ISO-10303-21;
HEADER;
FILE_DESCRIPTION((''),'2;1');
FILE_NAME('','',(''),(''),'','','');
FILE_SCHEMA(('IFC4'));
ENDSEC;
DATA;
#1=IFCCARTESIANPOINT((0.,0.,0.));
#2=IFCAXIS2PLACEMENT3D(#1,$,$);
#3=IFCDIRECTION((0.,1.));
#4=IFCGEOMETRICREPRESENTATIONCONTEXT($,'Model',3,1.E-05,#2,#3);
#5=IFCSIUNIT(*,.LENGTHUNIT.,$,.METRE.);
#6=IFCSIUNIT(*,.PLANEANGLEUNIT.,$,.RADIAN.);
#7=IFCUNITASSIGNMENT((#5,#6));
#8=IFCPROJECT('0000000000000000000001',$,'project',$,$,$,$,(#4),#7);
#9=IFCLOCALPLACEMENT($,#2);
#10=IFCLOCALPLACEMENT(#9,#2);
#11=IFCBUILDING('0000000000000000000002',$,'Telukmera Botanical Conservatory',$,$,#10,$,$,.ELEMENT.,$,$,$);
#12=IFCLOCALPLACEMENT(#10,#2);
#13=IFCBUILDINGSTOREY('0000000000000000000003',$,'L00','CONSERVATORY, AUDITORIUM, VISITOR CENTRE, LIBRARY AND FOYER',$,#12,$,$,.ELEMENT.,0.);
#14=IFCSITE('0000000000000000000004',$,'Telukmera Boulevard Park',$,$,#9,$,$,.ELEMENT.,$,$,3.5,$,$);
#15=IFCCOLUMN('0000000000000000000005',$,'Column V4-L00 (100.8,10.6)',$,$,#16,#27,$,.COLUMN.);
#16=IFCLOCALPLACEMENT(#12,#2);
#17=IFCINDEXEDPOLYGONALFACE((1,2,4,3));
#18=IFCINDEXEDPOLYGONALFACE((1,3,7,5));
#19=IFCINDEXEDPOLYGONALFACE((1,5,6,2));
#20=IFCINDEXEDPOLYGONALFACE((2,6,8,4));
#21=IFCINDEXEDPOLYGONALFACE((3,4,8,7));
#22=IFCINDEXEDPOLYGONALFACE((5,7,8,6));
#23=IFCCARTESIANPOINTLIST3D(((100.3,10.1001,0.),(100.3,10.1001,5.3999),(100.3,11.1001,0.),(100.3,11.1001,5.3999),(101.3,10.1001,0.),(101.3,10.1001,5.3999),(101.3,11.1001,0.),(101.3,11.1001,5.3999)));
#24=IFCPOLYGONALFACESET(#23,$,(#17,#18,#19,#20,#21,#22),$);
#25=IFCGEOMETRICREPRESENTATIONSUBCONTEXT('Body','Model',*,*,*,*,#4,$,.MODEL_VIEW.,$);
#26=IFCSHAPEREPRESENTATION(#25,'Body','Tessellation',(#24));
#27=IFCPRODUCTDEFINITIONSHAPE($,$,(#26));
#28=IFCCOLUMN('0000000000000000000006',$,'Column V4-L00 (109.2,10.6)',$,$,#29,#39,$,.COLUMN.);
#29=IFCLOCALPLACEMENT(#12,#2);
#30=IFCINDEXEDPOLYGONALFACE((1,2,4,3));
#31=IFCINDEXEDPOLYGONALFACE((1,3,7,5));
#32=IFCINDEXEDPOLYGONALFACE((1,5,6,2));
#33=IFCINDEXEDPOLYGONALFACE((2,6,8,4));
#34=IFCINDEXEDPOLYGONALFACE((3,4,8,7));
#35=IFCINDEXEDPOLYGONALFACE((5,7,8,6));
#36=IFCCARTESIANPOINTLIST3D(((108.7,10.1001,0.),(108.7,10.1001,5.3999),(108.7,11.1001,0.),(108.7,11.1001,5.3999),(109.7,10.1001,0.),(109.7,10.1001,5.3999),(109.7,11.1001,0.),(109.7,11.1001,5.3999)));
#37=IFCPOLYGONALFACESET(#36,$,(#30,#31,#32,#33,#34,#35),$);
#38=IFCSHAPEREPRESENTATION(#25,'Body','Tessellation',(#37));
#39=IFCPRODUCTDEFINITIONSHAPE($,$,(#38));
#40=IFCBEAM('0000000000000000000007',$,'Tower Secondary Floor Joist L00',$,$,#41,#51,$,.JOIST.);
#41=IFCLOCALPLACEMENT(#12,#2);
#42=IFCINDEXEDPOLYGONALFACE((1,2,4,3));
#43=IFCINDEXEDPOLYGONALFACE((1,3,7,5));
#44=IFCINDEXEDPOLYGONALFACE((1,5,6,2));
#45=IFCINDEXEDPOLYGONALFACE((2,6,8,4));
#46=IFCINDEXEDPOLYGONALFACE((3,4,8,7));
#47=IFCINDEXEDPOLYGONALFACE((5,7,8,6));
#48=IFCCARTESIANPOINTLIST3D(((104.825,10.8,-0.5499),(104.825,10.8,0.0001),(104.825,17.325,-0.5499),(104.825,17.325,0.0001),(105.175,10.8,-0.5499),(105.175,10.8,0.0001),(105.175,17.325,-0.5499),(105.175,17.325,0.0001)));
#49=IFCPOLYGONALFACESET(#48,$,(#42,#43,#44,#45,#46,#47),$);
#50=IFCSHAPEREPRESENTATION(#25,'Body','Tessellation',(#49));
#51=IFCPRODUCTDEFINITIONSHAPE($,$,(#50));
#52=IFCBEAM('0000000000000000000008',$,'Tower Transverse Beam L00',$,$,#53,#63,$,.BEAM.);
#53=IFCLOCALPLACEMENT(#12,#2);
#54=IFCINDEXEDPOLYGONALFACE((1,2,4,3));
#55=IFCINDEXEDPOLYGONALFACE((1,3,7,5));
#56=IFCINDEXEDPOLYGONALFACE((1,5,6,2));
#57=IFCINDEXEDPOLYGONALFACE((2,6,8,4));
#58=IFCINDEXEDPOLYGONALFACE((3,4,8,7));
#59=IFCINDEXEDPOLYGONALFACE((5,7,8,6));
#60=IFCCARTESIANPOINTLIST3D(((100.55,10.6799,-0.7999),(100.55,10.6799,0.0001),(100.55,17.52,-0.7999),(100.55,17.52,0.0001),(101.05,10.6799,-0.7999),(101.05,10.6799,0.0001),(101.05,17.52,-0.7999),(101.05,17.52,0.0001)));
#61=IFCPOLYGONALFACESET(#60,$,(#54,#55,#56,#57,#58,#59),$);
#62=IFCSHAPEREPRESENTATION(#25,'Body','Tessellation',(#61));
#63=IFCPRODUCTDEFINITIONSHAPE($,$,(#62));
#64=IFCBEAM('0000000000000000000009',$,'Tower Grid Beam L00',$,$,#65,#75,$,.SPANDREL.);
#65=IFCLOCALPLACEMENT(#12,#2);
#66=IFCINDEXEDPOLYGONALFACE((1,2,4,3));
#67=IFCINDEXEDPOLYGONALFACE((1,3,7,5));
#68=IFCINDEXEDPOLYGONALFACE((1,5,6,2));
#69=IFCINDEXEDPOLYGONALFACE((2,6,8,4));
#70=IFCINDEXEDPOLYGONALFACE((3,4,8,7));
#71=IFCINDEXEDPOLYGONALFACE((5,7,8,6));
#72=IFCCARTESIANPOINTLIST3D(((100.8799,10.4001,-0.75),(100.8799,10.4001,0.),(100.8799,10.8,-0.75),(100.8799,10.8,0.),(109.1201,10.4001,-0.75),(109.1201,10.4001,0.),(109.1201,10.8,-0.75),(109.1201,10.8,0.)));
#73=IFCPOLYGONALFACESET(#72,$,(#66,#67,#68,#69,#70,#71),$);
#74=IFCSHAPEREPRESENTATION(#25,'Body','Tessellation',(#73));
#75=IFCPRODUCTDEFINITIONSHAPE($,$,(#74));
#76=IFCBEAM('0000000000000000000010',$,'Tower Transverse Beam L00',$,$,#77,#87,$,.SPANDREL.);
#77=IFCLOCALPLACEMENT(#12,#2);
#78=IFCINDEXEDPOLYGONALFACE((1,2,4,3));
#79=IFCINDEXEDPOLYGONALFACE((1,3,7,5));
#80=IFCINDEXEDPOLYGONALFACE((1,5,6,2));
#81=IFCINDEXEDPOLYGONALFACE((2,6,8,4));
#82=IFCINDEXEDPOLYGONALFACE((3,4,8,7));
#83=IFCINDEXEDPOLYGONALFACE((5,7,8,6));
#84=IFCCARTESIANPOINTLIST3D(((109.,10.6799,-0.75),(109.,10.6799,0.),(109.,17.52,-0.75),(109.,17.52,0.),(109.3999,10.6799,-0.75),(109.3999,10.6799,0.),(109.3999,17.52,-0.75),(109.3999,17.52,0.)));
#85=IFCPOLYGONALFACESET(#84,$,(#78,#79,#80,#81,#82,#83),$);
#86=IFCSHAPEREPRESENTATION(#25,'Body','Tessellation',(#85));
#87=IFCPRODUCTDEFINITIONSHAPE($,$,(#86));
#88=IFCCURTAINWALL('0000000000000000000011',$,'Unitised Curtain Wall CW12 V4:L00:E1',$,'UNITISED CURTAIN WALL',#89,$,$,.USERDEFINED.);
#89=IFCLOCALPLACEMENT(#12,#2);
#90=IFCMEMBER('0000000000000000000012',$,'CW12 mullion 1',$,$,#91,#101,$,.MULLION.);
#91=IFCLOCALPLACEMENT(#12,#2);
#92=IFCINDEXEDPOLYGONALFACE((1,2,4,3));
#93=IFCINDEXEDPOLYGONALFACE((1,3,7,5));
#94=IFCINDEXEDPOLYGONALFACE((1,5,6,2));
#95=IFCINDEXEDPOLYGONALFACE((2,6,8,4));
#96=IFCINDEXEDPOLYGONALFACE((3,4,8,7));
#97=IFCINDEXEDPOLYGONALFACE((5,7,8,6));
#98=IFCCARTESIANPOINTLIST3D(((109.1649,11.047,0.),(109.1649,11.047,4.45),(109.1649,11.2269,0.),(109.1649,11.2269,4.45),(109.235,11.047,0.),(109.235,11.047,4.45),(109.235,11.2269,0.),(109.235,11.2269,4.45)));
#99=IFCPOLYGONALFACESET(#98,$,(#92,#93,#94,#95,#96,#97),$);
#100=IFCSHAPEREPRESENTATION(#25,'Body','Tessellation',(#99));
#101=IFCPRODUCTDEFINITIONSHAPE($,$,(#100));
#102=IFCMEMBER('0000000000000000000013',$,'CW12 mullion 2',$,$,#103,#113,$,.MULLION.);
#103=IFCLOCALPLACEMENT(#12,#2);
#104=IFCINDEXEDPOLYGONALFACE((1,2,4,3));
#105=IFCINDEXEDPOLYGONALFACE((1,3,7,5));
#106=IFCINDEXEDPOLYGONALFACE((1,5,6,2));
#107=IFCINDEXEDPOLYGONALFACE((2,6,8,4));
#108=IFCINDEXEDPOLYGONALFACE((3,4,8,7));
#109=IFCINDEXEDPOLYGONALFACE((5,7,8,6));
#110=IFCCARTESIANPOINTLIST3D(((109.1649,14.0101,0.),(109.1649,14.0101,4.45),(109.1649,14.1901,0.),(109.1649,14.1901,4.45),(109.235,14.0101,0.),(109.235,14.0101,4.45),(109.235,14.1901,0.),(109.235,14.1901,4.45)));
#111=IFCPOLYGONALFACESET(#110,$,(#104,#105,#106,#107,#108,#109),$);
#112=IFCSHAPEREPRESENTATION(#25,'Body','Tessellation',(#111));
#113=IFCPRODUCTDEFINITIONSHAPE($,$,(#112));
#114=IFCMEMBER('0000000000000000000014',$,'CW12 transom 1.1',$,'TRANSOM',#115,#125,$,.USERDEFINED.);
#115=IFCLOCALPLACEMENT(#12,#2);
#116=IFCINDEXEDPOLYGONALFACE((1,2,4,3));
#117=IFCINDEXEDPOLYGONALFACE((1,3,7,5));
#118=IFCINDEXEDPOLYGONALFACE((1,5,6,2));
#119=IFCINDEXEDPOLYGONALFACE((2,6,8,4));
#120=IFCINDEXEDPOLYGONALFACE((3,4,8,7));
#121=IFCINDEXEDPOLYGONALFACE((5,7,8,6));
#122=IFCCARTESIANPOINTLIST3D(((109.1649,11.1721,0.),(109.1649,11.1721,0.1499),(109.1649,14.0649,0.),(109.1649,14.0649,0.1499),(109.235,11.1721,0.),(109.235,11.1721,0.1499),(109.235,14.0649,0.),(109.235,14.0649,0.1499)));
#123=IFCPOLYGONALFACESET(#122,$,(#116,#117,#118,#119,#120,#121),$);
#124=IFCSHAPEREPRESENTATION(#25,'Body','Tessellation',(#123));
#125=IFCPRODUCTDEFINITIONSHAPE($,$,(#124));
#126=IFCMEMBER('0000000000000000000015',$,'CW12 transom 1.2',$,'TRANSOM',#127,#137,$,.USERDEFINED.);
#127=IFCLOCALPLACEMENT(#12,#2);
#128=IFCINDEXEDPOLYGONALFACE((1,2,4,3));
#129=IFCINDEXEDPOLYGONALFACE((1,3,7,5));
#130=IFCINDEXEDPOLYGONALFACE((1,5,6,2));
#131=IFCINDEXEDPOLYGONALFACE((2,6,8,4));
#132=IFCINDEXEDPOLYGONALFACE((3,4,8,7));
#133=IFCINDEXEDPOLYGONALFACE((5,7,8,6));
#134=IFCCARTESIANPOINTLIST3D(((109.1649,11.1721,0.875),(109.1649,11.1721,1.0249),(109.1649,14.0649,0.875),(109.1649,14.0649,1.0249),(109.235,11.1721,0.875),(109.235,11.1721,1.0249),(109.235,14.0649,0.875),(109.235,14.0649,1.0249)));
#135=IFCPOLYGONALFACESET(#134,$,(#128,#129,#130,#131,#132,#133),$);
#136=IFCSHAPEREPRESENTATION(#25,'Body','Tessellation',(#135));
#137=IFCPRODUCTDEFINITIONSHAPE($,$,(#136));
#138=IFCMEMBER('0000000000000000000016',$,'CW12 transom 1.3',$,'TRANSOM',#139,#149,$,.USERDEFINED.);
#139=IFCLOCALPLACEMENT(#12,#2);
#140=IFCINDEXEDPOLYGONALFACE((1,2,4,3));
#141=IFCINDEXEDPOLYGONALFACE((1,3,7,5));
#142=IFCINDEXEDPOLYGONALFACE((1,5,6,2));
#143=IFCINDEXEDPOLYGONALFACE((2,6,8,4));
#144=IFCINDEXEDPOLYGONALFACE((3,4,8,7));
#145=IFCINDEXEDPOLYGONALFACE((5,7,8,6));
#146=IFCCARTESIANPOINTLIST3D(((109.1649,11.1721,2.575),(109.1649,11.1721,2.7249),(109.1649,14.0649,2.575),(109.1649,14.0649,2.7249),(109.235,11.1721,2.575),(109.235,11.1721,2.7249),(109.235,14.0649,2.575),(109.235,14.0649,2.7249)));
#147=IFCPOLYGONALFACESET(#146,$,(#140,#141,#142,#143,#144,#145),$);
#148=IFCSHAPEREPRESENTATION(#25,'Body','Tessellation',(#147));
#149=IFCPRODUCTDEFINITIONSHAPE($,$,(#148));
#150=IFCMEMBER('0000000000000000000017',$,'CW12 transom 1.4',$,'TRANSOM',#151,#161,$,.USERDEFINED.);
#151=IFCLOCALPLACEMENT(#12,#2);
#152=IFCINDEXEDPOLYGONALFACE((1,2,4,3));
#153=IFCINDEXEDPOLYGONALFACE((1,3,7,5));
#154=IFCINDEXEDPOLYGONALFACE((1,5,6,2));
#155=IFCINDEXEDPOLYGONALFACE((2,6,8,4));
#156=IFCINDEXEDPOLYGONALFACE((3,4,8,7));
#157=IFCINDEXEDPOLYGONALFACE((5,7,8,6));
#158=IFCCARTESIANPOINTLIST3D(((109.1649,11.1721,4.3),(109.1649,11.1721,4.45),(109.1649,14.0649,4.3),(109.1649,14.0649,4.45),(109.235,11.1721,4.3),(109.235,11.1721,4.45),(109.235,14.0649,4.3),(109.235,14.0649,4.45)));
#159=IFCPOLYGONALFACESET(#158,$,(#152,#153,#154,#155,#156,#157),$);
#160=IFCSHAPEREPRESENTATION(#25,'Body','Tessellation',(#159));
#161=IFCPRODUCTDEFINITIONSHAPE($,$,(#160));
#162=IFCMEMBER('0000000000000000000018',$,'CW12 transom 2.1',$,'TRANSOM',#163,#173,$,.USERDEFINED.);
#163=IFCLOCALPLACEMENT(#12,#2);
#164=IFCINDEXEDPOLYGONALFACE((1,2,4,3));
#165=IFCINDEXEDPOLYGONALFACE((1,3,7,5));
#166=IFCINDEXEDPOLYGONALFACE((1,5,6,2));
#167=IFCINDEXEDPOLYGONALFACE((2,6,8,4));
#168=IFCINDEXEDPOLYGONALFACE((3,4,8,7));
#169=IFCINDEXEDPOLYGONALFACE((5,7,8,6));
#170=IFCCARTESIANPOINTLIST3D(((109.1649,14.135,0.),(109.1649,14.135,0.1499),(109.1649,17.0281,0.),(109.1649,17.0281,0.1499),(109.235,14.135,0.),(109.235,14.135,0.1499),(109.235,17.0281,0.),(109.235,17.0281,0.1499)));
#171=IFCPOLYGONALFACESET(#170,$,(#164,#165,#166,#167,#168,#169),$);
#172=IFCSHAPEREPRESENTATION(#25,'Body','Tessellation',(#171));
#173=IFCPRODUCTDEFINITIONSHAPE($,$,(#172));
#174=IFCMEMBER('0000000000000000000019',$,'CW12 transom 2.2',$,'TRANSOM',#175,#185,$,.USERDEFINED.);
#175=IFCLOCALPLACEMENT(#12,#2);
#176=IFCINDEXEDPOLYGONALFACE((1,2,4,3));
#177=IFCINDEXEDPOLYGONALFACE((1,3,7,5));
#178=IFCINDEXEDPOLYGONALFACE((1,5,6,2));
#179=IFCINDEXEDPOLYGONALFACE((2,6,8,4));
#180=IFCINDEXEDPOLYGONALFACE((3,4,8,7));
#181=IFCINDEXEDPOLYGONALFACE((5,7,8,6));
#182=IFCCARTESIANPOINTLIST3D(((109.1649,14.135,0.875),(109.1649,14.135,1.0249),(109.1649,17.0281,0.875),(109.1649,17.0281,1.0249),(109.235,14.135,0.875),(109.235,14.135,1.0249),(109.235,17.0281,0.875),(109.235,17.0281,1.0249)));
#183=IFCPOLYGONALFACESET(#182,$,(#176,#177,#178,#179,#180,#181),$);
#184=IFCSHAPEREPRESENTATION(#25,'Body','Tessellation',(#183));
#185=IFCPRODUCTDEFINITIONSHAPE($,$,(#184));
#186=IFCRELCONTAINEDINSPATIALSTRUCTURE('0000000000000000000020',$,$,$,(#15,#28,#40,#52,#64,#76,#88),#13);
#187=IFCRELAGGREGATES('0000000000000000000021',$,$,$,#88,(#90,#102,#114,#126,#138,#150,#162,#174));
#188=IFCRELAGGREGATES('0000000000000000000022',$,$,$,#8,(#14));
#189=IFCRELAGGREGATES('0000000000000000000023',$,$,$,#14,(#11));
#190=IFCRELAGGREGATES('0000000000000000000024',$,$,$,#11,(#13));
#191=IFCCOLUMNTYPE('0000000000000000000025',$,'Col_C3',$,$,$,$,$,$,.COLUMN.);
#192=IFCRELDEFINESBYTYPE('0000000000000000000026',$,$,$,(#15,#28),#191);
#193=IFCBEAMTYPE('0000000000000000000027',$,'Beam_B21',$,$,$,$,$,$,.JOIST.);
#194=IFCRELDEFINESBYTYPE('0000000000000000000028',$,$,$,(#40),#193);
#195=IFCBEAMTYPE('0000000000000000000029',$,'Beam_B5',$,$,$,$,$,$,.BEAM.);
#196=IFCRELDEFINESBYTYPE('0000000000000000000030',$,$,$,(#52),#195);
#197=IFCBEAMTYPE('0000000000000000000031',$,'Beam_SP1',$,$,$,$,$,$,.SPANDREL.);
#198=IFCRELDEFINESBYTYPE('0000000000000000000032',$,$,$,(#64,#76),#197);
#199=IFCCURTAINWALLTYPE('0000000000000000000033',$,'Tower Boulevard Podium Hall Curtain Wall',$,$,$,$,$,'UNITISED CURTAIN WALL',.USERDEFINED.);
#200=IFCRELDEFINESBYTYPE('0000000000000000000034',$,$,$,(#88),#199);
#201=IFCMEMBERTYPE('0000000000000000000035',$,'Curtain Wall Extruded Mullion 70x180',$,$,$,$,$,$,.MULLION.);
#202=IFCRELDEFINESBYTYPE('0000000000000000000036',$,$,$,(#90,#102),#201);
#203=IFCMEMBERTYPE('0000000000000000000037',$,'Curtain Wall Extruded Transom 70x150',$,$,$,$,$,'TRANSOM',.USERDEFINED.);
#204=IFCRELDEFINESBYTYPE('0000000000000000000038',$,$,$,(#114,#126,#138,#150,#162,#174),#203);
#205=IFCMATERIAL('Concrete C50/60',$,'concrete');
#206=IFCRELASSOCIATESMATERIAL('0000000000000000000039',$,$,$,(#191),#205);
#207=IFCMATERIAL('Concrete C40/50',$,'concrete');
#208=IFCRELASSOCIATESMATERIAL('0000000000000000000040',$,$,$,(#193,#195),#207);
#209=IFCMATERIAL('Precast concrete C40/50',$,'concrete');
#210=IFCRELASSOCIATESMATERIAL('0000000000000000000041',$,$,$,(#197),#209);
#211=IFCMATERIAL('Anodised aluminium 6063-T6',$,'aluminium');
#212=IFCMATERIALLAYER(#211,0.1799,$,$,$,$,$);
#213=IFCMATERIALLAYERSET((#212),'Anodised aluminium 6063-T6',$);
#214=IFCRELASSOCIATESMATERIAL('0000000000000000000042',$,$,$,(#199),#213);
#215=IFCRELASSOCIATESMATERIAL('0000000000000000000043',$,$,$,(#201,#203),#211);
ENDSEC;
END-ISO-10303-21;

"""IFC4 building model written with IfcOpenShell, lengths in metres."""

from ifc_helpers import new_model, si_unit, direction, frame, origin, origin_2d, place, context, subcontext, project, spatial, rectangle, extrude, material, layer, layer_set, material_profile, profile_set, type_object, element, aggregate, save


model = new_model("IFC4")

# Units and contexts
model_context = context("Model", 3, precision=1e-05, world=origin(), true_north=direction((0.0, 1.0)))
body_context = subcontext(model_context, "Body", "Model", "MODEL_VIEW")
ifc_project = project(units=[si_unit("LENGTHUNIT", "METRE"), si_unit("PLANEANGLEUNIT", "RADIAN")], contexts=[model_context])

# Site, building, storey
site_placement = place(None, origin())
site = spatial("IfcSite", under=ifc_project, at=site_placement, Name="Telukmera Boulevard Park", CompositionType="ELEMENT", RefElevation=3.5)
building_placement = place(site_placement, origin())
building = spatial("IfcBuilding", under=site, at=building_placement, Name="Telukmera Botanical Conservatory", CompositionType="ELEMENT")
storey_placement = place(building_placement, origin())
storey = spatial("IfcBuildingStorey", under=building, at=storey_placement, Name="L00", Description="CONSERVATORY, AUDITORIUM, VISITOR CENTRE, LIBRARY AND FOYER", CompositionType="ELEMENT", Elevation=0.0)

# Columns
ifc_material_1 = material(Name="Concrete C50/60", Category="concrete")
ifc_material_profile_1 = material_profile(ifc_material_1, rectangle(XDim=1.0, YDim=1.0, at=origin_2d()), Name="RC 1000x1000")
ifc_profile_set_1 = profile_set([ifc_material_profile_1], Name="Concrete C50/60")
column_type = type_object("IfcColumnType", Name="Col_C3", PredefinedType="COLUMN", material=ifc_profile_set_1)
for number, where, z_axis, x_axis, name in (
    (1, (100.8, 10.6001, 0.0), (0.0, 0.0, 1.0), (1.0, 0.0, 0.0), "Column V4-L00 (100.8,10.6)"),
    (2, (109.2, 10.6001, 0.0), (0.0, 0.0, 1.0), (1.0, 0.0, 0.0), "Column V4-L00 (109.2,10.6)"),
):
    element("IfcColumn", number, at=place(storey_placement, frame(where, z_axis=z_axis, x_axis=x_axis)), inside=storey, type_object=column_type, Name=name, PredefinedType="COLUMN", context=body_context, shape_type="SweptSolid", body=[
        extrude(rectangle(XDim=1.0, YDim=1.0, at=origin_2d()), origin(), (0.0, 0.0, 1.0), 5.3999),
    ])

# Beams
ifc_material_2 = material(Name="Concrete C40/50", Category="concrete")
ifc_material_profile_2 = material_profile(ifc_material_2, rectangle(XDim=0.3501, YDim=0.55, at=origin_2d()), Name="RC 350x550")
ifc_profile_set_2 = profile_set([ifc_material_profile_2], Name="Concrete C40/50")
beam_type_1 = type_object("IfcBeamType", Name="Beam_B21", PredefinedType="JOIST", material=ifc_profile_set_2)
beam_1_placement = place(storey_placement, frame((105.0, 10.8, -0.2749), z_axis=(0.0, 1.0, 0.0), x_axis=(-1.0, 0.0, 0.0)))
element("IfcBeam", 3, at=beam_1_placement, inside=storey, type_object=beam_type_1, Name="Tower Secondary Floor Joist L00", PredefinedType="JOIST", context=body_context, shape_type="SweptSolid", body=[
    extrude(rectangle(XDim=0.3501, YDim=0.55, at=origin_2d()), origin(), (0.0, 0.0, 1.0), 6.5249),
])
ifc_material_profile_3 = material_profile(ifc_material_2, rectangle(XDim=0.5, YDim=0.8, at=origin_2d()), Name="RC 500x800")
ifc_profile_set_3 = profile_set([ifc_material_profile_3], Name="Concrete C40/50")
beam_type_2 = type_object("IfcBeamType", Name="Beam_B5", PredefinedType="BEAM", material=ifc_profile_set_3)
beam_2_placement = place(storey_placement, frame((100.8, 10.6799, -0.3999), z_axis=(0.0, 1.0, 0.0), x_axis=(-1.0, 0.0, 0.0)))
element("IfcBeam", 4, at=beam_2_placement, inside=storey, type_object=beam_type_2, Name="Tower Transverse Beam L00", PredefinedType="BEAM", context=body_context, shape_type="SweptSolid", body=[
    extrude(rectangle(XDim=0.5, YDim=0.8, at=origin_2d()), origin(), (0.0, 0.0, 1.0), 6.8401),
])
ifc_material_3 = material(Name="Precast concrete C40/50", Category="concrete")
ifc_material_profile_4 = material_profile(ifc_material_3, rectangle(XDim=0.3999, YDim=0.75, at=origin_2d()), Name="PC 400x750")
ifc_profile_set_4 = profile_set([ifc_material_profile_4], Name="Precast concrete C40/50")
beam_type_3 = type_object("IfcBeamType", Name="Beam_SP1", PredefinedType="SPANDREL", material=ifc_profile_set_4)
beam_3_placement = place(storey_placement, frame((100.8799, 10.6001, -0.375), z_axis=(1.0, 0.0, 0.0), x_axis=(0.0, 1.0, 0.0)))
element("IfcBeam", 5, at=beam_3_placement, inside=storey, type_object=beam_type_3, Name="Tower Grid Beam L00", PredefinedType="SPANDREL", context=body_context, shape_type="SweptSolid", body=[
    extrude(rectangle(XDim=0.3999, YDim=0.75, at=origin_2d()), origin(), (0.0, 0.0, 1.0), 8.2402),
])
beam_4_placement = place(storey_placement, frame((109.2, 10.6799, -0.375), z_axis=(0.0, 1.0, 0.0), x_axis=(-1.0, 0.0, 0.0)))
element("IfcBeam", 6, at=beam_4_placement, inside=storey, type_object=beam_type_3, Name="Tower Transverse Beam L00", PredefinedType="SPANDREL", context=body_context, shape_type="SweptSolid", body=[
    extrude(rectangle(XDim=0.3999, YDim=0.75, at=origin_2d()), origin(), (0.0, 0.0, 1.0), 6.8401),
])

# Curtain wall, members
ifc_material_4 = material(Name="Anodised aluminium 6063-T6", Category="aluminium")
ifc_layer_1 = layer(ifc_material_4, 0.1799)
ifc_layer_set_1 = layer_set([ifc_layer_1], Name="Anodised aluminium 6063-T6")
curtain_wall_type = type_object("IfcCurtainWallType", Name="Tower Boulevard Podium Hall Curtain Wall", ElementType="UNITISED CURTAIN WALL", PredefinedType="USERDEFINED", material=ifc_layer_set_1)
curtain_wall_placement = place(storey_placement, origin())
curtain_wall = element("IfcCurtainWall", 7, at=curtain_wall_placement, inside=storey, type_object=curtain_wall_type, Name="Unitised Curtain Wall CW12 V4:L00:E1", ObjectType="UNITISED CURTAIN WALL", PredefinedType="USERDEFINED")
ifc_material_profile_5 = material_profile(ifc_material_4, rectangle(XDim=0.0701, YDim=0.1799, at=origin_2d()), Name="ALU MULL 70x180")
ifc_profile_set_5 = profile_set([ifc_material_profile_5], Name="Anodised aluminium 6063-T6")
member_type_1 = type_object("IfcMemberType", Name="Curtain Wall Extruded Mullion 70x180", PredefinedType="MULLION", material=ifc_profile_set_5)
member_1_placement = place(storey_placement, frame((109.2, 11.137, 0.0), z_axis=(0.0, 0.0, 1.0), x_axis=(-1.0, 0.0, 0.0)))
member_1 = element("IfcMember", 8, at=member_1_placement, type_object=member_type_1, Name="CW12 mullion 1", PredefinedType="MULLION", context=body_context, shape_type="SweptSolid", body=[
    extrude(rectangle(XDim=0.0701, YDim=0.1799, at=origin_2d()), origin(), (0.0, 0.0, 1.0), 4.45),
])
member_2_placement = place(storey_placement, frame((109.2, 14.1001, 0.0), z_axis=(0.0, 0.0, 1.0), x_axis=(-1.0, 0.0, 0.0)))
member_2 = element("IfcMember", 9, at=member_2_placement, type_object=member_type_1, Name="CW12 mullion 2", PredefinedType="MULLION", context=body_context, shape_type="SweptSolid", body=[
    extrude(rectangle(XDim=0.0701, YDim=0.1799, at=origin_2d()), origin(), (0.0, 0.0, 1.0), 4.45),
])
ifc_material_profile_6 = material_profile(ifc_material_4, rectangle(XDim=0.0701, YDim=0.1499, at=origin_2d()), Name="ALU TRAN 70x150")
ifc_profile_set_6 = profile_set([ifc_material_profile_6], Name="Anodised aluminium 6063-T6")
member_type_2 = type_object("IfcMemberType", Name="Curtain Wall Extruded Transom 70x150", ElementType="TRANSOM", PredefinedType="USERDEFINED", material=ifc_profile_set_6)
member_3_placement = place(storey_placement, frame((109.2, 11.1721, 0.075), z_axis=(0.0, 1.0, 0.0), x_axis=(-1.0, 0.0, 0.0)))
member_3 = element("IfcMember", 10, at=member_3_placement, type_object=member_type_2, Name="CW12 transom 1.1", ObjectType="TRANSOM", PredefinedType="USERDEFINED", context=body_context, shape_type="SweptSolid", body=[
    extrude(rectangle(XDim=0.0701, YDim=0.1499, at=origin_2d()), origin(), (0.0, 0.0, 1.0), 2.8928),
])
member_4_placement = place(storey_placement, frame((109.2, 11.1721, 0.95), z_axis=(0.0, 1.0, 0.0), x_axis=(-1.0, 0.0, 0.0)))
member_4 = element("IfcMember", 11, at=member_4_placement, type_object=member_type_2, Name="CW12 transom 1.2", ObjectType="TRANSOM", PredefinedType="USERDEFINED", context=body_context, shape_type="SweptSolid", body=[
    extrude(rectangle(XDim=0.0701, YDim=0.1499, at=origin_2d()), origin(), (0.0, 0.0, 1.0), 2.8928),
])
member_5_placement = place(storey_placement, frame((109.2, 11.1721, 2.6499), z_axis=(0.0, 1.0, 0.0), x_axis=(-1.0, 0.0, 0.0)))
member_5 = element("IfcMember", 12, at=member_5_placement, type_object=member_type_2, Name="CW12 transom 1.3", ObjectType="TRANSOM", PredefinedType="USERDEFINED", context=body_context, shape_type="SweptSolid", body=[
    extrude(rectangle(XDim=0.0701, YDim=0.1499, at=origin_2d()), origin(), (0.0, 0.0, 1.0), 2.8928),
])
member_6_placement = place(storey_placement, frame((109.2, 11.1721, 4.375), z_axis=(0.0, 1.0, 0.0), x_axis=(-1.0, 0.0, 0.0)))
member_6 = element("IfcMember", 13, at=member_6_placement, type_object=member_type_2, Name="CW12 transom 1.4", ObjectType="TRANSOM", PredefinedType="USERDEFINED", context=body_context, shape_type="SweptSolid", body=[
    extrude(rectangle(XDim=0.0701, YDim=0.1499, at=origin_2d()), origin(), (0.0, 0.0, 1.0), 2.8928),
])
member_7_placement = place(storey_placement, frame((109.2, 14.135, 0.075), z_axis=(0.0, 1.0, 0.0), x_axis=(-1.0, 0.0, 0.0)))
member_7 = element("IfcMember", 14, at=member_7_placement, type_object=member_type_2, Name="CW12 transom 2.1", ObjectType="TRANSOM", PredefinedType="USERDEFINED", context=body_context, shape_type="SweptSolid", body=[
    extrude(rectangle(XDim=0.0701, YDim=0.1499, at=origin_2d()), origin(), (0.0, 0.0, 1.0), 2.8931),
])
member_8_placement = place(storey_placement, frame((109.2, 14.135, 0.95), z_axis=(0.0, 1.0, 0.0), x_axis=(-1.0, 0.0, 0.0)))
member_8 = element("IfcMember", 15, at=member_8_placement, type_object=member_type_2, Name="CW12 transom 2.2", ObjectType="TRANSOM", PredefinedType="USERDEFINED", context=body_context, shape_type="SweptSolid", body=[
    extrude(rectangle(XDim=0.0701, YDim=0.1499, at=origin_2d()), origin(), (0.0, 0.0, 1.0), 2.8931),
])
aggregate(curtain_wall, [member_1, member_2, member_3, member_4, member_5, member_6, member_7, member_8])

save(model, "model.ifc")
